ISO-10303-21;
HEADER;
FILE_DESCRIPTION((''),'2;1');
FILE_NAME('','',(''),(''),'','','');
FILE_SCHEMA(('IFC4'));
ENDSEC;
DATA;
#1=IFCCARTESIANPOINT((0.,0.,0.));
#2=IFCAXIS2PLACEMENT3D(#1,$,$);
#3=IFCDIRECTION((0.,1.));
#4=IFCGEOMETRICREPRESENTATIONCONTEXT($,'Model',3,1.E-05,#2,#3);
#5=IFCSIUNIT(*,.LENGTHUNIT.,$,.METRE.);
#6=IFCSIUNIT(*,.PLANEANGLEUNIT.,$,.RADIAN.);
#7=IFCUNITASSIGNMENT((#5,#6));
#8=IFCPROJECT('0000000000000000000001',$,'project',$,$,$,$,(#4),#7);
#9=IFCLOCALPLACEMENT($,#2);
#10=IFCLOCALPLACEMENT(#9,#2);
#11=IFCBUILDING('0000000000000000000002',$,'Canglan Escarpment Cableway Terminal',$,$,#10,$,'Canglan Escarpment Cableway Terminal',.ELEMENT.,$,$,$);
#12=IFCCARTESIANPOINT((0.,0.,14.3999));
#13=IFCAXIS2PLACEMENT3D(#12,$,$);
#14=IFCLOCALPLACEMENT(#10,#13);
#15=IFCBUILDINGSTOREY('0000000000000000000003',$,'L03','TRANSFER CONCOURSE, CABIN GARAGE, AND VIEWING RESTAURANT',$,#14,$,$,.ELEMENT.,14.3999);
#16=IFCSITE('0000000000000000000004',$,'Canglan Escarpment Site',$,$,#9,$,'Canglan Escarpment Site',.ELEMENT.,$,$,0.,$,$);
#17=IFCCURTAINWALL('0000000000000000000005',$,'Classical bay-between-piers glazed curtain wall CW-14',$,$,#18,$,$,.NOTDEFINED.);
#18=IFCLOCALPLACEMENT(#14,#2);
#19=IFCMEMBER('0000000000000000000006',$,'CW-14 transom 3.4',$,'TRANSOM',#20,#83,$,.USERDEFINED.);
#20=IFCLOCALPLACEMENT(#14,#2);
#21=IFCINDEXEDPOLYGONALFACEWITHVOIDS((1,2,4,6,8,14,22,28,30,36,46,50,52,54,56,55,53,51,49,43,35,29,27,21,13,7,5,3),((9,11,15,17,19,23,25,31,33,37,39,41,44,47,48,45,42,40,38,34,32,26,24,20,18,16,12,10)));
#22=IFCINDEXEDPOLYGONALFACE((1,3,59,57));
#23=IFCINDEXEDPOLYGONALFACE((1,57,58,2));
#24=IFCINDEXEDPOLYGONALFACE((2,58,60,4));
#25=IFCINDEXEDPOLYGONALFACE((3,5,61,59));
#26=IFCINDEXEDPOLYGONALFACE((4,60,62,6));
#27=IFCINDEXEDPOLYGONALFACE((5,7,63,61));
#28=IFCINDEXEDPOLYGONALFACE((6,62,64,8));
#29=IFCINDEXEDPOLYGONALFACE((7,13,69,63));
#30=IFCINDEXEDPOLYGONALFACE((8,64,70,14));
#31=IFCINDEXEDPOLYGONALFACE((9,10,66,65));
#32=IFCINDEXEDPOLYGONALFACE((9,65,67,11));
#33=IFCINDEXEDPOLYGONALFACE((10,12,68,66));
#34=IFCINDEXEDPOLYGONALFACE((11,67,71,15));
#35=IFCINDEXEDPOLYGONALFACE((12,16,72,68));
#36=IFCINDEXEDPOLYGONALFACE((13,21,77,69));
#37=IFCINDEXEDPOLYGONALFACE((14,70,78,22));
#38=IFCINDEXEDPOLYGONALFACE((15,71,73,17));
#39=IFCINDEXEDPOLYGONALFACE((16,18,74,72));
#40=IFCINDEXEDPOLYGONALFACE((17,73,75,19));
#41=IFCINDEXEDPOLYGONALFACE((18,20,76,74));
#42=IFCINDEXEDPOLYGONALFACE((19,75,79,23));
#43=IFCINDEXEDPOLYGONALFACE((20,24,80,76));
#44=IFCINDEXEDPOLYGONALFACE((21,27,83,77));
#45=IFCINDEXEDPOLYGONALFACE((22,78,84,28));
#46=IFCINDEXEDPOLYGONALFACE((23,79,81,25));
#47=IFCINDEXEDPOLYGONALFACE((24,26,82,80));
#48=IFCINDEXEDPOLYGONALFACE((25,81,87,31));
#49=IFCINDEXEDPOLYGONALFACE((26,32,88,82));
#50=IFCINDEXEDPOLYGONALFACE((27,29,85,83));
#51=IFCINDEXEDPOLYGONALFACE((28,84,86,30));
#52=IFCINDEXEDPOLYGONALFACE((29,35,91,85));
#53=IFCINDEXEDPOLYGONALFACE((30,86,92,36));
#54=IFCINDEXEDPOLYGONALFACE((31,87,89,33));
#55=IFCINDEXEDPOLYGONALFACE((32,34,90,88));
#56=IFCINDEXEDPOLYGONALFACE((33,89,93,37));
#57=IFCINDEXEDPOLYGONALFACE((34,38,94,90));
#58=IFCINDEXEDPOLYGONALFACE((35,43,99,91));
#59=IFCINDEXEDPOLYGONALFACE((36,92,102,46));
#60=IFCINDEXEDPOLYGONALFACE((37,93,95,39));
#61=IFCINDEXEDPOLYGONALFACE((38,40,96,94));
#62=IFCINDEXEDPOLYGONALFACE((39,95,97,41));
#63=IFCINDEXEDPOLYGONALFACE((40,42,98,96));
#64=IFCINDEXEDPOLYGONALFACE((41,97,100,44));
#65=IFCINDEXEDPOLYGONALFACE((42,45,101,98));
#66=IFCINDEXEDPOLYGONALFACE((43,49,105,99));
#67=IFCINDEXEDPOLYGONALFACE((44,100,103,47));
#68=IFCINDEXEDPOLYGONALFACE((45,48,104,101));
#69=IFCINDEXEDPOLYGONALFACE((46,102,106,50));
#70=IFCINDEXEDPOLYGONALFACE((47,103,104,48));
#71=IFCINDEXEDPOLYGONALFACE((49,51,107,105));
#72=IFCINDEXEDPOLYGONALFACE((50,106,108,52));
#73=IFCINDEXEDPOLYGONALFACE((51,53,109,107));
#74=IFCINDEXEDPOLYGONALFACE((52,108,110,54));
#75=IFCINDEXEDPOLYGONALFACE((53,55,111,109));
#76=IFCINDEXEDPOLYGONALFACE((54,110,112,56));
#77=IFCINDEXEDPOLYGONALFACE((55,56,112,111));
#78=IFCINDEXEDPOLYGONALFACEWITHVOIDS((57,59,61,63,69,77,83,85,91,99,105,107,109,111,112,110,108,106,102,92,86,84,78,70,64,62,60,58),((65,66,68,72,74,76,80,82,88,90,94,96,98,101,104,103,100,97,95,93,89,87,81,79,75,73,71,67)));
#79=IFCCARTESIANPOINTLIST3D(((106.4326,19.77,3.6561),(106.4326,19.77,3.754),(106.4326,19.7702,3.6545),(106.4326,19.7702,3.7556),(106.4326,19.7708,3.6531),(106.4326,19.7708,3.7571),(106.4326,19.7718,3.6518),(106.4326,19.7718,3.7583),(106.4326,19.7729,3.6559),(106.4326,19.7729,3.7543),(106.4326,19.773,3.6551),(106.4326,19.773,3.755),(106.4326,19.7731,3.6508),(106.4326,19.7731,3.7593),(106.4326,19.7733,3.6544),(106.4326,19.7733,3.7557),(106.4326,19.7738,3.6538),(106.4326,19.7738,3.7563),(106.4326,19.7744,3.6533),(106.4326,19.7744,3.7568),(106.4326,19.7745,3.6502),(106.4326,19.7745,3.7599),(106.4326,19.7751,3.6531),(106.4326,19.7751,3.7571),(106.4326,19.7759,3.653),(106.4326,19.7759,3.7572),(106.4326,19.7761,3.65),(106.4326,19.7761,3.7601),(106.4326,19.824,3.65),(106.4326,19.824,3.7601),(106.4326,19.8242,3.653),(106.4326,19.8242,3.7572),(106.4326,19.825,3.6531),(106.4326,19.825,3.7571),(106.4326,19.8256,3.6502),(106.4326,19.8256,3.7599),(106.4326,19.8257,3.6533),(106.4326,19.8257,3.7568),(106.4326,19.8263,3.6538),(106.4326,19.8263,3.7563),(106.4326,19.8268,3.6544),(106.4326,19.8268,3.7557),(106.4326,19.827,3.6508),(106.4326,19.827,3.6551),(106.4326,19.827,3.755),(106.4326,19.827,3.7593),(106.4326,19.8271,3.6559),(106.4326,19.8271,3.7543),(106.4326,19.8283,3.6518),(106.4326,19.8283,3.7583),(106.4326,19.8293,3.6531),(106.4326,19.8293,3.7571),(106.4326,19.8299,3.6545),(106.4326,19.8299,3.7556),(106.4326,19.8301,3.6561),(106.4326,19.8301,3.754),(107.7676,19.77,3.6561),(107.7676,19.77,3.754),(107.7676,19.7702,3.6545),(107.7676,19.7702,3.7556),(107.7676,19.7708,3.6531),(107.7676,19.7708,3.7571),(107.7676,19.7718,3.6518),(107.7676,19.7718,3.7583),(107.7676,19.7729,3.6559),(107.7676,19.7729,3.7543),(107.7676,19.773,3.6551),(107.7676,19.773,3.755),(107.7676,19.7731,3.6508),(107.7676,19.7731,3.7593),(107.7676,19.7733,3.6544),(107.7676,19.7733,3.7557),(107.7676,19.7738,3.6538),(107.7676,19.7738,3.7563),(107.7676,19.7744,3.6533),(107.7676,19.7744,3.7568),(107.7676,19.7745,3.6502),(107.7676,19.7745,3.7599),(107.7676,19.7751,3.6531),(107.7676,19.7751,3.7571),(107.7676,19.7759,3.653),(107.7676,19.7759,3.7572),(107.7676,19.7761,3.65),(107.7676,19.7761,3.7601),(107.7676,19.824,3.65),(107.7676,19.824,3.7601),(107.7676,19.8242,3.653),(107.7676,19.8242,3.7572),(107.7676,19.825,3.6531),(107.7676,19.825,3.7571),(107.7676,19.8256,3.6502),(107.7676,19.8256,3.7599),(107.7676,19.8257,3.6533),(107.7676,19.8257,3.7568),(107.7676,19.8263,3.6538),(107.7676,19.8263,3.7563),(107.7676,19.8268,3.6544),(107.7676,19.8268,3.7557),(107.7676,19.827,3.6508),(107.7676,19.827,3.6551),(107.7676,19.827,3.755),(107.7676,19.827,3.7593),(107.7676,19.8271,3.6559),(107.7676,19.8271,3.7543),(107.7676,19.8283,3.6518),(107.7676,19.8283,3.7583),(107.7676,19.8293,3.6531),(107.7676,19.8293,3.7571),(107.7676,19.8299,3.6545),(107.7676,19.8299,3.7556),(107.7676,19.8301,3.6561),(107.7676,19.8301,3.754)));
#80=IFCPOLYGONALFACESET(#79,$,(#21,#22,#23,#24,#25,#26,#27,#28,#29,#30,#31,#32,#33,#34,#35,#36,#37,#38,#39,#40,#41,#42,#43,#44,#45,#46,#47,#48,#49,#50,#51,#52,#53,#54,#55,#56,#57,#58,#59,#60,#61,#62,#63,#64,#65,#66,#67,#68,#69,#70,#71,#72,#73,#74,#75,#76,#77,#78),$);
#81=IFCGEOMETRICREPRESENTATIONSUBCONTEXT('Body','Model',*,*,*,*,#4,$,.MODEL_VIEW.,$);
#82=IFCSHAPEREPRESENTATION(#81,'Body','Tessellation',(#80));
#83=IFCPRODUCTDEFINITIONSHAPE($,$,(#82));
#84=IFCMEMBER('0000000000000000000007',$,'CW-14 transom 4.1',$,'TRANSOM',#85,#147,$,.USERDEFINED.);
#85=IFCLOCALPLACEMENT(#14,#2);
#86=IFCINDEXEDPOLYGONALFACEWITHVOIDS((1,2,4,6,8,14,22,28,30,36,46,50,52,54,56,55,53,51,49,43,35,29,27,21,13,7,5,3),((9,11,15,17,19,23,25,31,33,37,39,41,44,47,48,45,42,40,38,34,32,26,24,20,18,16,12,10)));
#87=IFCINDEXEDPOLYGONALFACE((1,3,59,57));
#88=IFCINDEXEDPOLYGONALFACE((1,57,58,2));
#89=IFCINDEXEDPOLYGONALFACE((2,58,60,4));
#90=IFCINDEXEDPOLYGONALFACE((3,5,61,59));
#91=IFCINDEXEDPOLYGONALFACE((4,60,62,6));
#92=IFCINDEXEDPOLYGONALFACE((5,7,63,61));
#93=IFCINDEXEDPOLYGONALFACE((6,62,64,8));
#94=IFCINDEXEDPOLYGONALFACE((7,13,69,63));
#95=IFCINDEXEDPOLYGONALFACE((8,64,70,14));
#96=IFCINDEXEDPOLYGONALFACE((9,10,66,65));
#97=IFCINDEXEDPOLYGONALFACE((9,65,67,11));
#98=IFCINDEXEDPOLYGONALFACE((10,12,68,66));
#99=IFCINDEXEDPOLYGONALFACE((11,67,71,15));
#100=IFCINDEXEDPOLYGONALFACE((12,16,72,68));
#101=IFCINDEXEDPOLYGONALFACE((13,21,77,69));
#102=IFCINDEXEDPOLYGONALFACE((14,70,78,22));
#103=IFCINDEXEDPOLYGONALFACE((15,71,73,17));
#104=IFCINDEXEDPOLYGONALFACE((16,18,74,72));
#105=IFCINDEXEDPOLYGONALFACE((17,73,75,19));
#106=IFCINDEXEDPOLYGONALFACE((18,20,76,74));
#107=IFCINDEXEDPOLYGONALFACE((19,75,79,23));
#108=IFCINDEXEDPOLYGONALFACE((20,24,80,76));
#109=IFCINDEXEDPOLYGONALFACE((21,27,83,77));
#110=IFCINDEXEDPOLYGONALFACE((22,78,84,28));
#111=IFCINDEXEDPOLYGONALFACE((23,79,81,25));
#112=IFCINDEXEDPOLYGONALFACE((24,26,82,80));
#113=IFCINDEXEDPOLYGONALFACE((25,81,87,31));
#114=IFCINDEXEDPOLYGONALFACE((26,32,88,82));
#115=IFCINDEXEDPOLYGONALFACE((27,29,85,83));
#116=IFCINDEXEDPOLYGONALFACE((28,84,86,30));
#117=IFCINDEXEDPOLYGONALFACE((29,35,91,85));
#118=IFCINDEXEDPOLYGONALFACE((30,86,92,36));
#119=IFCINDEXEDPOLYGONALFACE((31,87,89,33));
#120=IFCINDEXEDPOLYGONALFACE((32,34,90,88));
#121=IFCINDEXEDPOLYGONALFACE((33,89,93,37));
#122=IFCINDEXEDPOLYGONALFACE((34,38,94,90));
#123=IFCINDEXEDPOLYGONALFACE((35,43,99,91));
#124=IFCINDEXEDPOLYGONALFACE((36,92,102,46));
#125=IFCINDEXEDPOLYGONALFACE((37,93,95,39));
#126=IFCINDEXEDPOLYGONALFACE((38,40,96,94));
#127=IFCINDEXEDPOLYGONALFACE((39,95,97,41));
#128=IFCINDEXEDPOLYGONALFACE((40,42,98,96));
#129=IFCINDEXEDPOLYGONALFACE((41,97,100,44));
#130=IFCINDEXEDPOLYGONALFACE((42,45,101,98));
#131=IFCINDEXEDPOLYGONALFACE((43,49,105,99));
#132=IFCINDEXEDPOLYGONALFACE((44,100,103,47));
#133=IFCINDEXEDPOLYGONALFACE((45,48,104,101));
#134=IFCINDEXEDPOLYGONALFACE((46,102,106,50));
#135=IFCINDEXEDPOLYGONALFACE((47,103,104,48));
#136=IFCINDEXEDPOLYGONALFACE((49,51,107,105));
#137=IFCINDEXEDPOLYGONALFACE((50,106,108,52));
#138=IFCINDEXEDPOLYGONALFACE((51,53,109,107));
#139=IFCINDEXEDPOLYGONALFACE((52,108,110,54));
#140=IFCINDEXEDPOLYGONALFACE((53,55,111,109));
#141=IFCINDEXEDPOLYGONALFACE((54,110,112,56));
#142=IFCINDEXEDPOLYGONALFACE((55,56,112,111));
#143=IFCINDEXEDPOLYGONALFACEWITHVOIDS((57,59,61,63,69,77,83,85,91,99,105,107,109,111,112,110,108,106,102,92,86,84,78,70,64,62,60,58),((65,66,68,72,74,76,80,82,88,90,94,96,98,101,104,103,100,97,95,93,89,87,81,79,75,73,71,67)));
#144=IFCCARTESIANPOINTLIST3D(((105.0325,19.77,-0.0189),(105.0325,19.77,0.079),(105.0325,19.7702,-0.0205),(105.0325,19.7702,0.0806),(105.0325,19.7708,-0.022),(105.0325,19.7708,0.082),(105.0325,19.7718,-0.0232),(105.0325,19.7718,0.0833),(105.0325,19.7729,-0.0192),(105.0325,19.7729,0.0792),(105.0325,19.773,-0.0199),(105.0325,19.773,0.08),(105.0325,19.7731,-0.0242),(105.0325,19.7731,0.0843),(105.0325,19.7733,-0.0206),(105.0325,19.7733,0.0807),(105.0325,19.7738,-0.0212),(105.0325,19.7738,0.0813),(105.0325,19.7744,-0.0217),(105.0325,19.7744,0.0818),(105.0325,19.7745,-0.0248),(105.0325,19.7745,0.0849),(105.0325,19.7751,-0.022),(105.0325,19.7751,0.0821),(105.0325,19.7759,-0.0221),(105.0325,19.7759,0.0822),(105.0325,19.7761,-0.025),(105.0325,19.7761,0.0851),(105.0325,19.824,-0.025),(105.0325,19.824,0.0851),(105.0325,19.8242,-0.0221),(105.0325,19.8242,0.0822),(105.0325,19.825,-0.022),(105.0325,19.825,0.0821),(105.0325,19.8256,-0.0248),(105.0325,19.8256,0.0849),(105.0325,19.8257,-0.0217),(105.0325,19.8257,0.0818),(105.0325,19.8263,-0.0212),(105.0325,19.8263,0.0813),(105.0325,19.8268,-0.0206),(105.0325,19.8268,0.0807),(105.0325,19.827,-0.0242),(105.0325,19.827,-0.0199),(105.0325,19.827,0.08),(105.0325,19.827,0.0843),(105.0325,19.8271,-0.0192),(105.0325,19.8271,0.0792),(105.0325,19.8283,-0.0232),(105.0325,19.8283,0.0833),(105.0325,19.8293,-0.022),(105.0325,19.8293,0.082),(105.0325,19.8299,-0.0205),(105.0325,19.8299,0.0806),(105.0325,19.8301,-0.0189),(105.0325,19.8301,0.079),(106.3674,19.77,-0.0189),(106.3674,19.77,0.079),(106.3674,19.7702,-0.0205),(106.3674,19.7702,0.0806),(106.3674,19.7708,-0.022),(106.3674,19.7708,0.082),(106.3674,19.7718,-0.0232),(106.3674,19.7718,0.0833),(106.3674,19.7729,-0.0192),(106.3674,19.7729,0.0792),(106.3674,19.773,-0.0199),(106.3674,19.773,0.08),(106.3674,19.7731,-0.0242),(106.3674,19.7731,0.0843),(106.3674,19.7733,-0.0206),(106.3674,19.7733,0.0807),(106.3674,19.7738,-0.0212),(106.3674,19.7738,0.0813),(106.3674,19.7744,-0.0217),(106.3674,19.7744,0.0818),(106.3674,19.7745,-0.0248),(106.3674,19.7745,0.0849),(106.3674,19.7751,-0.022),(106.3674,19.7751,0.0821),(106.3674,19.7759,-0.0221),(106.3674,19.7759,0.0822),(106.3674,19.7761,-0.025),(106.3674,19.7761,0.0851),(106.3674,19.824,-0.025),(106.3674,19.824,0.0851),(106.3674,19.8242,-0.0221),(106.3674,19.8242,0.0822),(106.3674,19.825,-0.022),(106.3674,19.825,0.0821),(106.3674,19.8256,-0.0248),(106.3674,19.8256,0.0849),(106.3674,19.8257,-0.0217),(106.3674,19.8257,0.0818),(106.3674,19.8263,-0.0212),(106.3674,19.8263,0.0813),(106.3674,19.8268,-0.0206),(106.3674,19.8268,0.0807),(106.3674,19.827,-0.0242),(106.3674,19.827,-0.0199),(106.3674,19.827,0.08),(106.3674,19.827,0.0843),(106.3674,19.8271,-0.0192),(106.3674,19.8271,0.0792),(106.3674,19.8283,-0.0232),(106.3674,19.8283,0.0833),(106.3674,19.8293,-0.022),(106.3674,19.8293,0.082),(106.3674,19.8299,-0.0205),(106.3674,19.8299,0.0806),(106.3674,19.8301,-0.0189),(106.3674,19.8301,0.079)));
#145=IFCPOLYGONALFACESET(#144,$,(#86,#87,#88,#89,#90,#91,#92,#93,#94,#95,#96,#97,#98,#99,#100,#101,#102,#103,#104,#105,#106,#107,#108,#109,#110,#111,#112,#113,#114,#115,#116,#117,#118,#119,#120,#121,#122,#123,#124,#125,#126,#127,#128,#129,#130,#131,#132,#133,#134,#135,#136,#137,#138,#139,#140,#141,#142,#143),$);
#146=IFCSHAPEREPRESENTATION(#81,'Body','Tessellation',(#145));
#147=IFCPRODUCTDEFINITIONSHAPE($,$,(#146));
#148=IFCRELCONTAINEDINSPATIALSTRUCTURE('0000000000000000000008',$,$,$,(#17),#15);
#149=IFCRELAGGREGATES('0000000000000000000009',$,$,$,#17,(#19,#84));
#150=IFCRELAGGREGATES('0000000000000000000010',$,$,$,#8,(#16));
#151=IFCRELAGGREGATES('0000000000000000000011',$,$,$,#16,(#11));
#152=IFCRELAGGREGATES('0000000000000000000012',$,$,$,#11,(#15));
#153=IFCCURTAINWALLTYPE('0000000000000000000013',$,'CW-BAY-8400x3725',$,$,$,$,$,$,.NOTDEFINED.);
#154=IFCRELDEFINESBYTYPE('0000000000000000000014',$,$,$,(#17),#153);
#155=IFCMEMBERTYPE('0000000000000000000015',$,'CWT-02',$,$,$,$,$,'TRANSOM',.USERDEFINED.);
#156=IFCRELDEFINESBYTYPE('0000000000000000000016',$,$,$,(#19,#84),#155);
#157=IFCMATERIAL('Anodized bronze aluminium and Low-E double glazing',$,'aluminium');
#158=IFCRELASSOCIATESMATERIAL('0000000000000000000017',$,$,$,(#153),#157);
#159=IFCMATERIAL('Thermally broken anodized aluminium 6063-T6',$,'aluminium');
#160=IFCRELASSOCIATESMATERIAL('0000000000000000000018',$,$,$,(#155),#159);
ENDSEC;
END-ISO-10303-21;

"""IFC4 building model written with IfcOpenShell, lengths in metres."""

from ifc_helpers import new_model, si_unit, direction, frame, origin, origin_2d, place, context, subcontext, project, spatial, hollow_rectangle, extrude, material, material_profile, profile_set, type_object, element, aggregate, save


model = new_model("IFC4")

# Units and contexts
model_context = context("Model", 3, precision=1e-05, world=origin(), true_north=direction((0.0, 1.0)))
body_context = subcontext(model_context, "Body", "Model", "MODEL_VIEW")
ifc_project = project(units=[si_unit("LENGTHUNIT", "METRE"), si_unit("PLANEANGLEUNIT", "RADIAN")], contexts=[model_context])

# Site, building, storey
site_placement = place(None, origin())
site = spatial("IfcSite", under=ifc_project, at=site_placement, Name="Canglan Escarpment Site", LongName="Canglan Escarpment Site", CompositionType="ELEMENT", RefElevation=0.0)
building_placement = place(site_placement, origin())
building = spatial("IfcBuilding", under=site, at=building_placement, Name="Canglan Escarpment Cableway Terminal", LongName="Canglan Escarpment Cableway Terminal", CompositionType="ELEMENT")
storey_placement = place(building_placement, frame((0.0, 0.0, 14.3999)))
storey = spatial("IfcBuildingStorey", under=building, at=storey_placement, Name="L03", Description="TRANSFER CONCOURSE, CABIN GARAGE, AND VIEWING RESTAURANT", CompositionType="ELEMENT", Elevation=14.3999)

# Curtain wall, members
ifc_material_1 = material(Name="Anodized bronze aluminium and Low-E double glazing", Category="aluminium")
curtain_wall_type = type_object("IfcCurtainWallType", Name="CW-BAY-8400x3725", PredefinedType="NOTDEFINED", material=ifc_material_1)
curtain_wall_placement = place(storey_placement, origin())
curtain_wall = element("IfcCurtainWall", 1, at=curtain_wall_placement, inside=storey, type_object=curtain_wall_type, Name="Classical bay-between-piers glazed curtain wall CW-14", PredefinedType="NOTDEFINED")
ifc_material_2 = material(Name="Thermally broken anodized aluminium 6063-T6", Category="aluminium")
ifc_material_profile_1 = material_profile(ifc_material_2, hollow_rectangle(XDim=0.0601, YDim=0.1101, WallThickness=0.0029, InnerFilletRadius=0.0029, OuterFilletRadius=0.0061, at=origin_2d()), Name="ALU-TRAN 60x110x3")
ifc_profile_set_1 = profile_set([ifc_material_profile_1], Name="Thermally broken anodized aluminium 6063-T6")
member_type_1 = type_object("IfcMemberType", Name="CWT-02", ElementType="TRANSOM", PredefinedType="USERDEFINED", material=ifc_profile_set_1)
member_1_placement = place(storey_placement, frame((107.7676, 19.8, 3.7051), z_axis=(-1.0, 0.0, 0.0), x_axis=(0.0, -1.0, 0.0)))
member_1 = element("IfcMember", 2, at=member_1_placement, type_object=member_type_1, Name="CW-14 transom 3.4", ObjectType="TRANSOM", PredefinedType="USERDEFINED", context=body_context, shape_type="SweptSolid", body=[
    extrude(hollow_rectangle(XDim=0.0601, YDim=0.1101, WallThickness=0.0029, InnerFilletRadius=0.0029, OuterFilletRadius=0.0061, at=origin_2d()), origin(), (0.0, 0.0, 1.0), 1.335),
])
member_2_placement = place(storey_placement, frame((106.3674, 19.8, 0.03), z_axis=(-1.0, 0.0, 0.0), x_axis=(0.0, -1.0, 0.0)))
member_2 = element("IfcMember", 3, at=member_2_placement, type_object=member_type_1, Name="CW-14 transom 4.1", ObjectType="TRANSOM", PredefinedType="USERDEFINED", context=body_context, shape_type="SweptSolid", body=[
    extrude(hollow_rectangle(XDim=0.0601, YDim=0.1101, WallThickness=0.0029, InnerFilletRadius=0.0029, OuterFilletRadius=0.0061, at=origin_2d()), origin(), (0.0, 0.0, 1.0), 1.335),
])
aggregate(curtain_wall, [member_1, member_2])

save(model, "model.ifc")
